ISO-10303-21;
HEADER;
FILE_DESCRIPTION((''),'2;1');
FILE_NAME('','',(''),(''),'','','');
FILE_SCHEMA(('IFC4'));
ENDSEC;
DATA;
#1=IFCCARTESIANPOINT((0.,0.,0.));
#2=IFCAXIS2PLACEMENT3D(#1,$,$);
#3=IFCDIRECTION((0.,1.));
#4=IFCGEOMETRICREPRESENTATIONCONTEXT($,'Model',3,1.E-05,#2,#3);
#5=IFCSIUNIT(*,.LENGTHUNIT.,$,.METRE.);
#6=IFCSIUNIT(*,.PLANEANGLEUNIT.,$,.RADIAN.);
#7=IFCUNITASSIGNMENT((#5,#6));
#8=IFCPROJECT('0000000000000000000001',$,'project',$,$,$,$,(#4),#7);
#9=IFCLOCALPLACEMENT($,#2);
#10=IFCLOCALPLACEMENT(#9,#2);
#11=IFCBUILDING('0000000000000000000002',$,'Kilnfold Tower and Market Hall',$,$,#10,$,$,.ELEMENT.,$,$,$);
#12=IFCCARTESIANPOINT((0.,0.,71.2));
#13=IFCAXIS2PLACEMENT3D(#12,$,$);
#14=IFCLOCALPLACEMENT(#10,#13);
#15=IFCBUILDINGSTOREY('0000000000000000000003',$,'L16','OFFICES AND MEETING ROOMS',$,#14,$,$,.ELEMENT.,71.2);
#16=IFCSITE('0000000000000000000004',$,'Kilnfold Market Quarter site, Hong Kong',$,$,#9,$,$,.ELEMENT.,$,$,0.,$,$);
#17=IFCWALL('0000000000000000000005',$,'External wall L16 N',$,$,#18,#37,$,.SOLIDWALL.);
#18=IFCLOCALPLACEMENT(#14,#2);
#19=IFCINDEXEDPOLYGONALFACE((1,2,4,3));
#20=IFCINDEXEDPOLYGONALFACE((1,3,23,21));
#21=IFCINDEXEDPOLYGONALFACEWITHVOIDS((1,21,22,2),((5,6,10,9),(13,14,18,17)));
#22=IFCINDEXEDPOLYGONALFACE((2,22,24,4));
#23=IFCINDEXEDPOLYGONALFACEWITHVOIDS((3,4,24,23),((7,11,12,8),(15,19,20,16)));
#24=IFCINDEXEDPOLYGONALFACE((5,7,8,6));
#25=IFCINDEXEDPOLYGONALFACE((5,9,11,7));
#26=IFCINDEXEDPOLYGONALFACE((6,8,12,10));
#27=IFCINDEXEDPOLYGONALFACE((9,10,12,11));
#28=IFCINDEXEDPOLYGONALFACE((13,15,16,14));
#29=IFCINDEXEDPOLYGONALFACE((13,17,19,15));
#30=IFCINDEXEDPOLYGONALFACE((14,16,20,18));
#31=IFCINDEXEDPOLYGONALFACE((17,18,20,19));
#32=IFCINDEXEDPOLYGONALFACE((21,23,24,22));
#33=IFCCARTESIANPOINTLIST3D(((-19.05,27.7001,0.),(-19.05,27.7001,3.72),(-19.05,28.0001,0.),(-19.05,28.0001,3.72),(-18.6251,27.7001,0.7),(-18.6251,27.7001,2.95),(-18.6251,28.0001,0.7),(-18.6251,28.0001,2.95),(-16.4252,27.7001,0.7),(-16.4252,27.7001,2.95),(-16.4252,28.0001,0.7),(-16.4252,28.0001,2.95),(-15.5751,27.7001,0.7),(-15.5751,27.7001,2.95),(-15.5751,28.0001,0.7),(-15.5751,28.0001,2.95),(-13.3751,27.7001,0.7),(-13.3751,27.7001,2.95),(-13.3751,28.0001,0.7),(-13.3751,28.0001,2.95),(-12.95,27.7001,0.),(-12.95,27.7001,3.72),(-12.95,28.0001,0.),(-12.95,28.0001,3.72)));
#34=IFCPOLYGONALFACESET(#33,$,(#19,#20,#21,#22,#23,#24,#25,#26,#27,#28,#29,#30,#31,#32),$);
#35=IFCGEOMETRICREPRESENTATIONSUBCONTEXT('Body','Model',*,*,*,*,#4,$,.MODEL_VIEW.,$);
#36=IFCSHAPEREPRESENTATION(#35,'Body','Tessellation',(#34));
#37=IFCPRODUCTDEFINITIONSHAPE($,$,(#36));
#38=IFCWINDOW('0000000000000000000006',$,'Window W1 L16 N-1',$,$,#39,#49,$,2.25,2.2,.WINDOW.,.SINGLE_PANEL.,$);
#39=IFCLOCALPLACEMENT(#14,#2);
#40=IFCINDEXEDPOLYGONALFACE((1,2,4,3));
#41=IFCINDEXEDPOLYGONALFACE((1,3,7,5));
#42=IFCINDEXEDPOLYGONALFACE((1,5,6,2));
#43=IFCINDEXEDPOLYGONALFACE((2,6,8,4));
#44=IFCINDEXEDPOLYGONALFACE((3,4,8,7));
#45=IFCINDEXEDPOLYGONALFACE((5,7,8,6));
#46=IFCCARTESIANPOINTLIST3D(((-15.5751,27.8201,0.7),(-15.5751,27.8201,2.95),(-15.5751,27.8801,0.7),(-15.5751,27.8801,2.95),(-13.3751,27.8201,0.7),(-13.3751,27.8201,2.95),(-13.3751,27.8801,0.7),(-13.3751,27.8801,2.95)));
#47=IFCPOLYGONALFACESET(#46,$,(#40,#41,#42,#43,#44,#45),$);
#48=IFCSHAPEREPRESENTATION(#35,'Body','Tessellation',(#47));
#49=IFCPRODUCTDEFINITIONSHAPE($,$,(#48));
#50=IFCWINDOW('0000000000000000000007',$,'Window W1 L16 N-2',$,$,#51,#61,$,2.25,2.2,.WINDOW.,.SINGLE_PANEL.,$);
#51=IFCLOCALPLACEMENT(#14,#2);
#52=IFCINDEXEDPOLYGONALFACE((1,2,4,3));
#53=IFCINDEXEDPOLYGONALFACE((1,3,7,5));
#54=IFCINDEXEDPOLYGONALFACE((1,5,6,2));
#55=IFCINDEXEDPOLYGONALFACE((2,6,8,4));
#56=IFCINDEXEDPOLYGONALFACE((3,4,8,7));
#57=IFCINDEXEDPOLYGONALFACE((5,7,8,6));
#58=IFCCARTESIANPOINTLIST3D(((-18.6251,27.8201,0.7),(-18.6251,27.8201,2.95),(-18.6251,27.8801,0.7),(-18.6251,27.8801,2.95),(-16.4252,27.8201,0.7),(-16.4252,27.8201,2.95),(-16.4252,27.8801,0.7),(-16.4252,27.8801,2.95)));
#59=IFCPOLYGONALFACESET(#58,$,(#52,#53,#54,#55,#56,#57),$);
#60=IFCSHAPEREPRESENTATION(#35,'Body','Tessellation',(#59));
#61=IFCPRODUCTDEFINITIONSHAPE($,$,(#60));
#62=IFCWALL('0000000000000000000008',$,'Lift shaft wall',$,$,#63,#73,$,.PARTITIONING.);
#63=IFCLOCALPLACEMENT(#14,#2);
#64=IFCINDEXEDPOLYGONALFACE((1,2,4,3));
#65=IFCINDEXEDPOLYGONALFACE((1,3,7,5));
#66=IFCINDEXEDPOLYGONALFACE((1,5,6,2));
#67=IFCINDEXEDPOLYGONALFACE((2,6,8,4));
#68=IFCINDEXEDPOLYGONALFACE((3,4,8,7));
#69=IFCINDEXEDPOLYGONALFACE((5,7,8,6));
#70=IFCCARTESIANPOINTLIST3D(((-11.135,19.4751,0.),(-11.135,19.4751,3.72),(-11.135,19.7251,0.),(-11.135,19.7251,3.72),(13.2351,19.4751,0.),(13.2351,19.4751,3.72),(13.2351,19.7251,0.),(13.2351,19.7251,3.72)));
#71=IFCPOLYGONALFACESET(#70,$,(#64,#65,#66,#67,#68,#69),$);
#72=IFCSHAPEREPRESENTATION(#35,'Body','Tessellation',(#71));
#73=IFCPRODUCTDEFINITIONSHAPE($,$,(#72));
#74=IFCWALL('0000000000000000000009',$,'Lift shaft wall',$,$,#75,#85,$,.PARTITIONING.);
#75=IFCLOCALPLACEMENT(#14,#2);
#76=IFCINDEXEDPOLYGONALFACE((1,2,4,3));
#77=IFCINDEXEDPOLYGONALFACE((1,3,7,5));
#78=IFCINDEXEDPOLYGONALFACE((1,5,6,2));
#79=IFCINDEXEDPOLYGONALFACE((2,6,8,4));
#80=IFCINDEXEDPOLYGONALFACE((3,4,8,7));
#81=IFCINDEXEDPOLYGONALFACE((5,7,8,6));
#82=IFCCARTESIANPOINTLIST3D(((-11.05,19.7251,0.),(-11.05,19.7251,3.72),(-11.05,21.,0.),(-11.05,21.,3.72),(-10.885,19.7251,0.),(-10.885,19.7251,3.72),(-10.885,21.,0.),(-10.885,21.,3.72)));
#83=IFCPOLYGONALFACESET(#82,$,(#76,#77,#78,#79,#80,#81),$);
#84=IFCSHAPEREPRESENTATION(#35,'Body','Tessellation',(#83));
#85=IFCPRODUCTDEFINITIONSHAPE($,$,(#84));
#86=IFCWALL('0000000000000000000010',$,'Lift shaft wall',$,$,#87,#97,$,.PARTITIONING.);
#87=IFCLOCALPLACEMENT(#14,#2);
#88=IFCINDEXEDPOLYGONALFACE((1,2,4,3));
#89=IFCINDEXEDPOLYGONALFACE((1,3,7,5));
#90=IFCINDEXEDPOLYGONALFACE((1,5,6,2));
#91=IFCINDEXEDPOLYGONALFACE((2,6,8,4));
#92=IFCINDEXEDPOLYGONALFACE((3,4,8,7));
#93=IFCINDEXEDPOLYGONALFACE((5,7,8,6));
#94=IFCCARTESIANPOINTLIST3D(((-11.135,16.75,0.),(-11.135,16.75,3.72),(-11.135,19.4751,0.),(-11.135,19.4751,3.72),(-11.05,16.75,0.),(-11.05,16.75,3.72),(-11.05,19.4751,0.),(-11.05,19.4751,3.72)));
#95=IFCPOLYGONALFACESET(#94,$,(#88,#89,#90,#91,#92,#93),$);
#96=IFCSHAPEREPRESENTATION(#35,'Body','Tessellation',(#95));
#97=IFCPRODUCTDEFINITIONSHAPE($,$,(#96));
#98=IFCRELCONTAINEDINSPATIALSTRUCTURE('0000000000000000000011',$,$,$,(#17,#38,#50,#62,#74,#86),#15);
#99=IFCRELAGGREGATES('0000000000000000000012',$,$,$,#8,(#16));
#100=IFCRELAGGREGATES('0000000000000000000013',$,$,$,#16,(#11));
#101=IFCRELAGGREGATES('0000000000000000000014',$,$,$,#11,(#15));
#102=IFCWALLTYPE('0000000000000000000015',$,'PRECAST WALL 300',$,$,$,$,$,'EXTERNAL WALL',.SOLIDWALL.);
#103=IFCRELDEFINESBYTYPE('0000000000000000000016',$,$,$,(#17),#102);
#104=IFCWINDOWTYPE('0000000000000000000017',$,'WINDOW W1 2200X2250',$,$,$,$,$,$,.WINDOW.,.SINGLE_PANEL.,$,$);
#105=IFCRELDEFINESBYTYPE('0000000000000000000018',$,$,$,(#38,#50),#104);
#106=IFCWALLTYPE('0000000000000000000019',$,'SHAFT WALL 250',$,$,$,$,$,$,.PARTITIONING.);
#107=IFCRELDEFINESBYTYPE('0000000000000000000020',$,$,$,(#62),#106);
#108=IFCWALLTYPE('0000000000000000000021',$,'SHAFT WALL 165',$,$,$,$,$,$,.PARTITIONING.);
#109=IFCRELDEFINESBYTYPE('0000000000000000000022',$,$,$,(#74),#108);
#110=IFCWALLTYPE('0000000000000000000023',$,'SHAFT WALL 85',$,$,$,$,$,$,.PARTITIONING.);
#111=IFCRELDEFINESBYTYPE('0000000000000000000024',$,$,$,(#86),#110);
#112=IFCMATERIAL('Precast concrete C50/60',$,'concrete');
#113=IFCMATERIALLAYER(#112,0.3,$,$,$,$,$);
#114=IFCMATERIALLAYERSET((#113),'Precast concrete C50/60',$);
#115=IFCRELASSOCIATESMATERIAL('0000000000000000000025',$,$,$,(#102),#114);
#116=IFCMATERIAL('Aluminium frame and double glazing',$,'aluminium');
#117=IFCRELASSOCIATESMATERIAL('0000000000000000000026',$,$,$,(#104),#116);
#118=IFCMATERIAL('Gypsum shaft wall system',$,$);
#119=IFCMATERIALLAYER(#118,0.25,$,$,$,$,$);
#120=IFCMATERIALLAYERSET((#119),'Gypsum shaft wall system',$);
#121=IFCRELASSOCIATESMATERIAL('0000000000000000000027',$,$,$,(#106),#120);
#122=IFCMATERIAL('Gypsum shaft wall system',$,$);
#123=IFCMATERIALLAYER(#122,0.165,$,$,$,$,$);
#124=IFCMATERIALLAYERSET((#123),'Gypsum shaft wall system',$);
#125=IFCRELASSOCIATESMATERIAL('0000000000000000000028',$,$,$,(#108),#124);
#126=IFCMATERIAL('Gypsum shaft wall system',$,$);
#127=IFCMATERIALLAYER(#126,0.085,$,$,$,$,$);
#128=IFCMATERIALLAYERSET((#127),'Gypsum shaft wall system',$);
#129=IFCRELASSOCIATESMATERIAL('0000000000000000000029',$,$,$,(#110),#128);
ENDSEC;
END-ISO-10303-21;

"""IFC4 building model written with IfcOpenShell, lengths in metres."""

from ifc_helpers import new_model, si_unit, direction, frame, frame_2d, origin, place, context, subcontext, project, spatial, rectangle, extrude, source, transform, mapped, material, layer, layer_set, type_object, element, fill, save


model = new_model("IFC4")

# Units and contexts
model_context = context("Model", 3, precision=1e-05, world=origin(), true_north=direction((0.0, 1.0)))
body_context = subcontext(model_context, "Body", "Model", "MODEL_VIEW")
ifc_project = project(units=[si_unit("LENGTHUNIT", "METRE"), si_unit("PLANEANGLEUNIT", "RADIAN")], contexts=[model_context])

# Site, building, storey
site_placement = place(None, origin())
site = spatial("IfcSite", under=ifc_project, at=site_placement, Name="Kilnfold Market Quarter site, Hong Kong", CompositionType="ELEMENT", RefElevation=0.0)
building_placement = place(site_placement, origin())
building = spatial("IfcBuilding", under=site, at=building_placement, Name="Kilnfold Tower and Market Hall", CompositionType="ELEMENT")
storey_placement = place(building_placement, frame((0.0, 0.0, 71.2)))
storey = spatial("IfcBuildingStorey", under=building, at=storey_placement, Name="L16", Description="OFFICES AND MEETING ROOMS", CompositionType="ELEMENT", Elevation=71.2)

# Wall, openings, windows
ifc_material_1 = material(Name="Precast concrete C50/60", Category="concrete")
ifc_layer_1 = layer(ifc_material_1, 0.3)
ifc_layer_set_1 = layer_set([ifc_layer_1], Name="Precast concrete C50/60")
wall_type_1 = type_object("IfcWallType", Name="PRECAST WALL 300", ElementType="EXTERNAL WALL", PredefinedType="SOLIDWALL", material=ifc_layer_set_1)
shared_shape_1 = source(origin(), body_context, "Body", "SweptSolid", [
    extrude(rectangle(XDim=6.1001, YDim=0.3, at=frame_2d((3.05, 0.0))), origin(), (0.0, 0.0, 1.0), 3.72),
])
wall_1_placement = place(storey_placement, frame((-12.95, 27.8501, 0.0), z_axis=(0.0, 0.0, 1.0), x_axis=(-1.0, 0.0, 0.0)))
wall_1 = element("IfcWall", 1, at=wall_1_placement, inside=storey, type_object=wall_type_1, Name="External wall L16 N", PredefinedType="SOLIDWALL", context=body_context, shape_type="MappedRepresentation", body=[
    mapped(shared_shape_1, transform((0.0, 0.0, 0.0))),
])
opening_1_placement = place(wall_1_placement, frame((0.425, 0.0, 0.7)))
opening_1 = element("IfcOpeningElement", 2, at=opening_1_placement, cuts=wall_1, PredefinedType="OPENING", context=body_context, shape_type="SweptSolid", body=[
    extrude(rectangle(XDim=2.2, YDim=2.25, at=frame_2d((1.1001, 1.125))), frame((0.0, 0.1602, 0.0), z_axis=(0.0, -1.0, 0.0), x_axis=(1.0, 0.0, 0.0)), (0.0, 0.0, 1.0), 0.3201),
])
opening_2_placement = place(wall_1_placement, frame((3.4751, 0.0, 0.7)))
opening_2 = element("IfcOpeningElement", 3, at=opening_2_placement, cuts=wall_1, PredefinedType="OPENING", context=body_context, shape_type="SweptSolid", body=[
    extrude(rectangle(XDim=2.2, YDim=2.25, at=frame_2d((1.1001, 1.125))), frame((0.0, 0.1602, 0.0), z_axis=(0.0, -1.0, 0.0), x_axis=(1.0, 0.0, 0.0)), (0.0, 0.0, 1.0), 0.3201),
])
ifc_material_2 = material(Name="Aluminium frame and double glazing", Category="aluminium")
window_type = type_object("IfcWindowType", Name="WINDOW W1 2200X2250", PartitioningType="SINGLE_PANEL", PredefinedType="WINDOW", material=ifc_material_2)
window_1_placement = place(opening_1_placement, origin())
window_1 = element("IfcWindow", 4, at=window_1_placement, inside=storey, type_object=window_type, Name="Window W1 L16 N-1", OverallHeight=2.25, OverallWidth=2.2, PartitioningType="SINGLE_PANEL", PredefinedType="WINDOW", context=body_context, shape_type="SweptSolid", body=[
    extrude(rectangle(XDim=2.2, YDim=2.25, at=frame_2d((1.1001, 1.125))), frame((0.0, 0.03, 0.0), z_axis=(0.0, -1.0, 0.0), x_axis=(1.0, 0.0, 0.0)), (0.0, 0.0, 1.0), 0.0601),
])
fill(opening_1, window_1)
window_2_placement = place(opening_2_placement, origin())
window_2 = element("IfcWindow", 5, at=window_2_placement, inside=storey, type_object=window_type, Name="Window W1 L16 N-2", OverallHeight=2.25, OverallWidth=2.2, PartitioningType="SINGLE_PANEL", PredefinedType="WINDOW", context=body_context, shape_type="SweptSolid", body=[
    extrude(rectangle(XDim=2.2, YDim=2.25, at=frame_2d((1.1001, 1.125))), frame((0.0, 0.03, 0.0), z_axis=(0.0, -1.0, 0.0), x_axis=(1.0, 0.0, 0.0)), (0.0, 0.0, 1.0), 0.0601),
])
fill(opening_2, window_2)

# Walls
ifc_material_3 = material(Name="Gypsum shaft wall system")
ifc_layer_2 = layer(ifc_material_3, 0.25)
ifc_layer_set_2 = layer_set([ifc_layer_2], Name="Gypsum shaft wall system")
wall_type_2 = type_object("IfcWallType", Name="SHAFT WALL 250", PredefinedType="PARTITIONING", material=ifc_layer_set_2)
shared_shape_2 = source(origin(), body_context, "Body", "SweptSolid", [
    extrude(rectangle(XDim=24.3701, YDim=0.25, at=frame_2d((12.1851, 0.0))), origin(), (0.0, 0.0, 1.0), 3.72),
])
wall_2_placement = place(storey_placement, frame((-11.135, 19.6001, 0.0), z_axis=(0.0, 0.0, 1.0), x_axis=(1.0, 0.0, 0.0)))
element("IfcWall", 6, at=wall_2_placement, inside=storey, type_object=wall_type_2, Name="Lift shaft wall", PredefinedType="PARTITIONING", context=body_context, shape_type="MappedRepresentation", body=[
    mapped(shared_shape_2, transform((0.0, 0.0, 0.0))),
])
ifc_material_4 = material(Name="Gypsum shaft wall system")
ifc_layer_3 = layer(ifc_material_4, 0.165)
ifc_layer_set_3 = layer_set([ifc_layer_3], Name="Gypsum shaft wall system")
wall_type_3 = type_object("IfcWallType", Name="SHAFT WALL 165", PredefinedType="PARTITIONING", material=ifc_layer_set_3)
shared_shape_3 = source(origin(), body_context, "Body", "SweptSolid", [
    extrude(rectangle(XDim=1.2749, YDim=0.165, at=frame_2d((0.6375, 0.0))), origin(), (0.0, 0.0, 1.0), 3.72),
])
wall_3_placement = place(storey_placement, frame((-10.9675, 19.7251, 0.0), z_axis=(0.0, 0.0, 1.0), x_axis=(0.0, 1.0, 0.0)))
element("IfcWall", 7, at=wall_3_placement, inside=storey, type_object=wall_type_3, Name="Lift shaft wall", PredefinedType="PARTITIONING", context=body_context, shape_type="MappedRepresentation", body=[
    mapped(shared_shape_3, transform((0.0, 0.0, 0.0))),
])
ifc_material_5 = material(Name="Gypsum shaft wall system")
ifc_layer_4 = layer(ifc_material_5, 0.085)
ifc_layer_set_4 = layer_set([ifc_layer_4], Name="Gypsum shaft wall system")
wall_type_4 = type_object("IfcWallType", Name="SHAFT WALL 85", PredefinedType="PARTITIONING", material=ifc_layer_set_4)
shared_shape_4 = source(origin(), body_context, "Body", "SweptSolid", [
    extrude(rectangle(XDim=2.7251, YDim=0.085, at=frame_2d((1.3625, 0.0))), origin(), (0.0, 0.0, 1.0), 3.72),
])
wall_4_placement = place(storey_placement, frame((-11.0925, 16.75, 0.0), z_axis=(0.0, 0.0, 1.0), x_axis=(0.0, 1.0, 0.0)))
element("IfcWall", 8, at=wall_4_placement, inside=storey, type_object=wall_type_4, Name="Lift shaft wall", PredefinedType="PARTITIONING", context=body_context, shape_type="MappedRepresentation", body=[
    mapped(shared_shape_4, transform((0.0, 0.0, 0.0))),
])

save(model, "model.ifc")
